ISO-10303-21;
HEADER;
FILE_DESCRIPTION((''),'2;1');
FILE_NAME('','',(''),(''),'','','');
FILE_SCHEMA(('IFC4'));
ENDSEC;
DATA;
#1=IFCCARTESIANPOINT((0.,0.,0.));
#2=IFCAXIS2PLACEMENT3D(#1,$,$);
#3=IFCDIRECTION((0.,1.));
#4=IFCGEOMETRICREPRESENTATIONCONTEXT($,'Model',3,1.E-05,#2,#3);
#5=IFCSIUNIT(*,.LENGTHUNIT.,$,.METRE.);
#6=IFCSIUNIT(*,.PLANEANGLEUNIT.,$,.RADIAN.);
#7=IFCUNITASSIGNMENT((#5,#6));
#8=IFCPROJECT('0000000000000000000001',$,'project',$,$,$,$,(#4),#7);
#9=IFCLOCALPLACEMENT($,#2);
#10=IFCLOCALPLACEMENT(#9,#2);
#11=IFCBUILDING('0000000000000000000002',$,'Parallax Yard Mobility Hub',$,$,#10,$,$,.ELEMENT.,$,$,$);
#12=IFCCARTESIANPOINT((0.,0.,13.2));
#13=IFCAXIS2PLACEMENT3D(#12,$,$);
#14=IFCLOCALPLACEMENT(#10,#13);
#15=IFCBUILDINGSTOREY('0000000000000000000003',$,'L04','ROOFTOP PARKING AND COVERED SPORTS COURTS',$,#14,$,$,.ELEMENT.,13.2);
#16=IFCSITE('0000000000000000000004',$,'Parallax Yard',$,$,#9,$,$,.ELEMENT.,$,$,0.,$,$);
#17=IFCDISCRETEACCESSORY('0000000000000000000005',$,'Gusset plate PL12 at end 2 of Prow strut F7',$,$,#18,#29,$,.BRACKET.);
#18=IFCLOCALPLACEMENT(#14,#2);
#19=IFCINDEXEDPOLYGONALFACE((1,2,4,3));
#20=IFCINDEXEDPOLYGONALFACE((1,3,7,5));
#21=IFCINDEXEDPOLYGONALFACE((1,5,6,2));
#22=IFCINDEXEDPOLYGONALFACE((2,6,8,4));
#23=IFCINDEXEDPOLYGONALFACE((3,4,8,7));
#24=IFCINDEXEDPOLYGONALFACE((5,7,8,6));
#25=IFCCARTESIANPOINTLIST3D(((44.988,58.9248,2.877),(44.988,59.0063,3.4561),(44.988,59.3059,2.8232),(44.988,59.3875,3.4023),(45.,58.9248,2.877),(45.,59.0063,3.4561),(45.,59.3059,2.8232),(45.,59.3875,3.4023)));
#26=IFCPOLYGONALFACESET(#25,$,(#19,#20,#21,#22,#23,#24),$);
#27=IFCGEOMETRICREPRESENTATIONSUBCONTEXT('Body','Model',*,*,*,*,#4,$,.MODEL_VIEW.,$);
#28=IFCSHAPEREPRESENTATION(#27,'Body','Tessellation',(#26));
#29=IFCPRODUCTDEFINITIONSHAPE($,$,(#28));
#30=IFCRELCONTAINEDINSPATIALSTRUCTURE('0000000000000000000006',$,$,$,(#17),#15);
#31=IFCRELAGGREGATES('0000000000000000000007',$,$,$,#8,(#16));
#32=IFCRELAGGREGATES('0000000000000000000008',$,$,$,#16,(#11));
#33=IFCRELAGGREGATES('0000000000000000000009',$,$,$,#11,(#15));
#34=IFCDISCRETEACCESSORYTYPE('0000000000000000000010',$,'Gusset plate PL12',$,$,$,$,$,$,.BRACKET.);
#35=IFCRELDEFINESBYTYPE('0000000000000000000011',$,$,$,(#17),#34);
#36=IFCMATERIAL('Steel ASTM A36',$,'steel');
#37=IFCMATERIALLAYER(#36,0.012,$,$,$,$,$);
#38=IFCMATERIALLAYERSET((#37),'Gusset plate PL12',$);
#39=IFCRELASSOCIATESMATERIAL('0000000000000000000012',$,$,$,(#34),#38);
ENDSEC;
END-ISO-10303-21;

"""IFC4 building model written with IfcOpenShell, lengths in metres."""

from ifc_helpers import new_model, si_unit, direction, frame, origin, place, context, subcontext, project, spatial, polyline, outline, extrude, material, layer, layer_set, type_object, element, save


model = new_model("IFC4")

# Units and contexts
model_context = context("Model", 3, precision=1e-05, world=origin(), true_north=direction((0.0, 1.0)))
body_context = subcontext(model_context, "Body", "Model", "MODEL_VIEW")
ifc_project = project(units=[si_unit("LENGTHUNIT", "METRE"), si_unit("PLANEANGLEUNIT", "RADIAN")], contexts=[model_context])

# Site, building, storey
site_placement = place(None, origin())
site = spatial("IfcSite", under=ifc_project, at=site_placement, Name="Parallax Yard", CompositionType="ELEMENT", RefElevation=0.0)
building_placement = place(site_placement, origin())
building = spatial("IfcBuilding", under=site, at=building_placement, Name="Parallax Yard Mobility Hub", CompositionType="ELEMENT")
storey_placement = place(building_placement, frame((0.0, 0.0, 13.2)))
storey = spatial("IfcBuildingStorey", under=building, at=storey_placement, Name="L04", Description="ROOFTOP PARKING AND COVERED SPORTS COURTS", CompositionType="ELEMENT", Elevation=13.2)

# Discrete accessory
ifc_material_1 = material(Name="Steel ASTM A36", Category="steel")
ifc_layer_1 = layer(ifc_material_1, 0.012)
ifc_layer_set_1 = layer_set([ifc_layer_1], Name="Gusset plate PL12")
discrete_accessory_type = type_object("IfcDiscreteAccessoryType", Name="Gusset plate PL12", PredefinedType="BRACKET", material=ifc_layer_set_1)
discrete_accessory_1_placement = place(storey_placement, frame((45.0, 59.3059, 2.8232), z_axis=(1.0, 0.0, 0.0), x_axis=(0.0, 0.139434, 0.990231)))
element("IfcDiscreteAccessory", 1, at=discrete_accessory_1_placement, inside=storey, type_object=discrete_accessory_type, Name="Gusset plate PL12 at end 2 of Prow strut F7", PredefinedType="BRACKET", context=body_context, shape_type="SweptSolid", body=[
    extrude(outline(polyline([(0.0, 0.0), (0.5848, 0.0), (0.5849, 0.3849), (0.0, 0.3849), (0.0, 0.0)])), origin(), (0.0, 0.0, -1.0), 0.012),
])

save(model, "model.ifc")
